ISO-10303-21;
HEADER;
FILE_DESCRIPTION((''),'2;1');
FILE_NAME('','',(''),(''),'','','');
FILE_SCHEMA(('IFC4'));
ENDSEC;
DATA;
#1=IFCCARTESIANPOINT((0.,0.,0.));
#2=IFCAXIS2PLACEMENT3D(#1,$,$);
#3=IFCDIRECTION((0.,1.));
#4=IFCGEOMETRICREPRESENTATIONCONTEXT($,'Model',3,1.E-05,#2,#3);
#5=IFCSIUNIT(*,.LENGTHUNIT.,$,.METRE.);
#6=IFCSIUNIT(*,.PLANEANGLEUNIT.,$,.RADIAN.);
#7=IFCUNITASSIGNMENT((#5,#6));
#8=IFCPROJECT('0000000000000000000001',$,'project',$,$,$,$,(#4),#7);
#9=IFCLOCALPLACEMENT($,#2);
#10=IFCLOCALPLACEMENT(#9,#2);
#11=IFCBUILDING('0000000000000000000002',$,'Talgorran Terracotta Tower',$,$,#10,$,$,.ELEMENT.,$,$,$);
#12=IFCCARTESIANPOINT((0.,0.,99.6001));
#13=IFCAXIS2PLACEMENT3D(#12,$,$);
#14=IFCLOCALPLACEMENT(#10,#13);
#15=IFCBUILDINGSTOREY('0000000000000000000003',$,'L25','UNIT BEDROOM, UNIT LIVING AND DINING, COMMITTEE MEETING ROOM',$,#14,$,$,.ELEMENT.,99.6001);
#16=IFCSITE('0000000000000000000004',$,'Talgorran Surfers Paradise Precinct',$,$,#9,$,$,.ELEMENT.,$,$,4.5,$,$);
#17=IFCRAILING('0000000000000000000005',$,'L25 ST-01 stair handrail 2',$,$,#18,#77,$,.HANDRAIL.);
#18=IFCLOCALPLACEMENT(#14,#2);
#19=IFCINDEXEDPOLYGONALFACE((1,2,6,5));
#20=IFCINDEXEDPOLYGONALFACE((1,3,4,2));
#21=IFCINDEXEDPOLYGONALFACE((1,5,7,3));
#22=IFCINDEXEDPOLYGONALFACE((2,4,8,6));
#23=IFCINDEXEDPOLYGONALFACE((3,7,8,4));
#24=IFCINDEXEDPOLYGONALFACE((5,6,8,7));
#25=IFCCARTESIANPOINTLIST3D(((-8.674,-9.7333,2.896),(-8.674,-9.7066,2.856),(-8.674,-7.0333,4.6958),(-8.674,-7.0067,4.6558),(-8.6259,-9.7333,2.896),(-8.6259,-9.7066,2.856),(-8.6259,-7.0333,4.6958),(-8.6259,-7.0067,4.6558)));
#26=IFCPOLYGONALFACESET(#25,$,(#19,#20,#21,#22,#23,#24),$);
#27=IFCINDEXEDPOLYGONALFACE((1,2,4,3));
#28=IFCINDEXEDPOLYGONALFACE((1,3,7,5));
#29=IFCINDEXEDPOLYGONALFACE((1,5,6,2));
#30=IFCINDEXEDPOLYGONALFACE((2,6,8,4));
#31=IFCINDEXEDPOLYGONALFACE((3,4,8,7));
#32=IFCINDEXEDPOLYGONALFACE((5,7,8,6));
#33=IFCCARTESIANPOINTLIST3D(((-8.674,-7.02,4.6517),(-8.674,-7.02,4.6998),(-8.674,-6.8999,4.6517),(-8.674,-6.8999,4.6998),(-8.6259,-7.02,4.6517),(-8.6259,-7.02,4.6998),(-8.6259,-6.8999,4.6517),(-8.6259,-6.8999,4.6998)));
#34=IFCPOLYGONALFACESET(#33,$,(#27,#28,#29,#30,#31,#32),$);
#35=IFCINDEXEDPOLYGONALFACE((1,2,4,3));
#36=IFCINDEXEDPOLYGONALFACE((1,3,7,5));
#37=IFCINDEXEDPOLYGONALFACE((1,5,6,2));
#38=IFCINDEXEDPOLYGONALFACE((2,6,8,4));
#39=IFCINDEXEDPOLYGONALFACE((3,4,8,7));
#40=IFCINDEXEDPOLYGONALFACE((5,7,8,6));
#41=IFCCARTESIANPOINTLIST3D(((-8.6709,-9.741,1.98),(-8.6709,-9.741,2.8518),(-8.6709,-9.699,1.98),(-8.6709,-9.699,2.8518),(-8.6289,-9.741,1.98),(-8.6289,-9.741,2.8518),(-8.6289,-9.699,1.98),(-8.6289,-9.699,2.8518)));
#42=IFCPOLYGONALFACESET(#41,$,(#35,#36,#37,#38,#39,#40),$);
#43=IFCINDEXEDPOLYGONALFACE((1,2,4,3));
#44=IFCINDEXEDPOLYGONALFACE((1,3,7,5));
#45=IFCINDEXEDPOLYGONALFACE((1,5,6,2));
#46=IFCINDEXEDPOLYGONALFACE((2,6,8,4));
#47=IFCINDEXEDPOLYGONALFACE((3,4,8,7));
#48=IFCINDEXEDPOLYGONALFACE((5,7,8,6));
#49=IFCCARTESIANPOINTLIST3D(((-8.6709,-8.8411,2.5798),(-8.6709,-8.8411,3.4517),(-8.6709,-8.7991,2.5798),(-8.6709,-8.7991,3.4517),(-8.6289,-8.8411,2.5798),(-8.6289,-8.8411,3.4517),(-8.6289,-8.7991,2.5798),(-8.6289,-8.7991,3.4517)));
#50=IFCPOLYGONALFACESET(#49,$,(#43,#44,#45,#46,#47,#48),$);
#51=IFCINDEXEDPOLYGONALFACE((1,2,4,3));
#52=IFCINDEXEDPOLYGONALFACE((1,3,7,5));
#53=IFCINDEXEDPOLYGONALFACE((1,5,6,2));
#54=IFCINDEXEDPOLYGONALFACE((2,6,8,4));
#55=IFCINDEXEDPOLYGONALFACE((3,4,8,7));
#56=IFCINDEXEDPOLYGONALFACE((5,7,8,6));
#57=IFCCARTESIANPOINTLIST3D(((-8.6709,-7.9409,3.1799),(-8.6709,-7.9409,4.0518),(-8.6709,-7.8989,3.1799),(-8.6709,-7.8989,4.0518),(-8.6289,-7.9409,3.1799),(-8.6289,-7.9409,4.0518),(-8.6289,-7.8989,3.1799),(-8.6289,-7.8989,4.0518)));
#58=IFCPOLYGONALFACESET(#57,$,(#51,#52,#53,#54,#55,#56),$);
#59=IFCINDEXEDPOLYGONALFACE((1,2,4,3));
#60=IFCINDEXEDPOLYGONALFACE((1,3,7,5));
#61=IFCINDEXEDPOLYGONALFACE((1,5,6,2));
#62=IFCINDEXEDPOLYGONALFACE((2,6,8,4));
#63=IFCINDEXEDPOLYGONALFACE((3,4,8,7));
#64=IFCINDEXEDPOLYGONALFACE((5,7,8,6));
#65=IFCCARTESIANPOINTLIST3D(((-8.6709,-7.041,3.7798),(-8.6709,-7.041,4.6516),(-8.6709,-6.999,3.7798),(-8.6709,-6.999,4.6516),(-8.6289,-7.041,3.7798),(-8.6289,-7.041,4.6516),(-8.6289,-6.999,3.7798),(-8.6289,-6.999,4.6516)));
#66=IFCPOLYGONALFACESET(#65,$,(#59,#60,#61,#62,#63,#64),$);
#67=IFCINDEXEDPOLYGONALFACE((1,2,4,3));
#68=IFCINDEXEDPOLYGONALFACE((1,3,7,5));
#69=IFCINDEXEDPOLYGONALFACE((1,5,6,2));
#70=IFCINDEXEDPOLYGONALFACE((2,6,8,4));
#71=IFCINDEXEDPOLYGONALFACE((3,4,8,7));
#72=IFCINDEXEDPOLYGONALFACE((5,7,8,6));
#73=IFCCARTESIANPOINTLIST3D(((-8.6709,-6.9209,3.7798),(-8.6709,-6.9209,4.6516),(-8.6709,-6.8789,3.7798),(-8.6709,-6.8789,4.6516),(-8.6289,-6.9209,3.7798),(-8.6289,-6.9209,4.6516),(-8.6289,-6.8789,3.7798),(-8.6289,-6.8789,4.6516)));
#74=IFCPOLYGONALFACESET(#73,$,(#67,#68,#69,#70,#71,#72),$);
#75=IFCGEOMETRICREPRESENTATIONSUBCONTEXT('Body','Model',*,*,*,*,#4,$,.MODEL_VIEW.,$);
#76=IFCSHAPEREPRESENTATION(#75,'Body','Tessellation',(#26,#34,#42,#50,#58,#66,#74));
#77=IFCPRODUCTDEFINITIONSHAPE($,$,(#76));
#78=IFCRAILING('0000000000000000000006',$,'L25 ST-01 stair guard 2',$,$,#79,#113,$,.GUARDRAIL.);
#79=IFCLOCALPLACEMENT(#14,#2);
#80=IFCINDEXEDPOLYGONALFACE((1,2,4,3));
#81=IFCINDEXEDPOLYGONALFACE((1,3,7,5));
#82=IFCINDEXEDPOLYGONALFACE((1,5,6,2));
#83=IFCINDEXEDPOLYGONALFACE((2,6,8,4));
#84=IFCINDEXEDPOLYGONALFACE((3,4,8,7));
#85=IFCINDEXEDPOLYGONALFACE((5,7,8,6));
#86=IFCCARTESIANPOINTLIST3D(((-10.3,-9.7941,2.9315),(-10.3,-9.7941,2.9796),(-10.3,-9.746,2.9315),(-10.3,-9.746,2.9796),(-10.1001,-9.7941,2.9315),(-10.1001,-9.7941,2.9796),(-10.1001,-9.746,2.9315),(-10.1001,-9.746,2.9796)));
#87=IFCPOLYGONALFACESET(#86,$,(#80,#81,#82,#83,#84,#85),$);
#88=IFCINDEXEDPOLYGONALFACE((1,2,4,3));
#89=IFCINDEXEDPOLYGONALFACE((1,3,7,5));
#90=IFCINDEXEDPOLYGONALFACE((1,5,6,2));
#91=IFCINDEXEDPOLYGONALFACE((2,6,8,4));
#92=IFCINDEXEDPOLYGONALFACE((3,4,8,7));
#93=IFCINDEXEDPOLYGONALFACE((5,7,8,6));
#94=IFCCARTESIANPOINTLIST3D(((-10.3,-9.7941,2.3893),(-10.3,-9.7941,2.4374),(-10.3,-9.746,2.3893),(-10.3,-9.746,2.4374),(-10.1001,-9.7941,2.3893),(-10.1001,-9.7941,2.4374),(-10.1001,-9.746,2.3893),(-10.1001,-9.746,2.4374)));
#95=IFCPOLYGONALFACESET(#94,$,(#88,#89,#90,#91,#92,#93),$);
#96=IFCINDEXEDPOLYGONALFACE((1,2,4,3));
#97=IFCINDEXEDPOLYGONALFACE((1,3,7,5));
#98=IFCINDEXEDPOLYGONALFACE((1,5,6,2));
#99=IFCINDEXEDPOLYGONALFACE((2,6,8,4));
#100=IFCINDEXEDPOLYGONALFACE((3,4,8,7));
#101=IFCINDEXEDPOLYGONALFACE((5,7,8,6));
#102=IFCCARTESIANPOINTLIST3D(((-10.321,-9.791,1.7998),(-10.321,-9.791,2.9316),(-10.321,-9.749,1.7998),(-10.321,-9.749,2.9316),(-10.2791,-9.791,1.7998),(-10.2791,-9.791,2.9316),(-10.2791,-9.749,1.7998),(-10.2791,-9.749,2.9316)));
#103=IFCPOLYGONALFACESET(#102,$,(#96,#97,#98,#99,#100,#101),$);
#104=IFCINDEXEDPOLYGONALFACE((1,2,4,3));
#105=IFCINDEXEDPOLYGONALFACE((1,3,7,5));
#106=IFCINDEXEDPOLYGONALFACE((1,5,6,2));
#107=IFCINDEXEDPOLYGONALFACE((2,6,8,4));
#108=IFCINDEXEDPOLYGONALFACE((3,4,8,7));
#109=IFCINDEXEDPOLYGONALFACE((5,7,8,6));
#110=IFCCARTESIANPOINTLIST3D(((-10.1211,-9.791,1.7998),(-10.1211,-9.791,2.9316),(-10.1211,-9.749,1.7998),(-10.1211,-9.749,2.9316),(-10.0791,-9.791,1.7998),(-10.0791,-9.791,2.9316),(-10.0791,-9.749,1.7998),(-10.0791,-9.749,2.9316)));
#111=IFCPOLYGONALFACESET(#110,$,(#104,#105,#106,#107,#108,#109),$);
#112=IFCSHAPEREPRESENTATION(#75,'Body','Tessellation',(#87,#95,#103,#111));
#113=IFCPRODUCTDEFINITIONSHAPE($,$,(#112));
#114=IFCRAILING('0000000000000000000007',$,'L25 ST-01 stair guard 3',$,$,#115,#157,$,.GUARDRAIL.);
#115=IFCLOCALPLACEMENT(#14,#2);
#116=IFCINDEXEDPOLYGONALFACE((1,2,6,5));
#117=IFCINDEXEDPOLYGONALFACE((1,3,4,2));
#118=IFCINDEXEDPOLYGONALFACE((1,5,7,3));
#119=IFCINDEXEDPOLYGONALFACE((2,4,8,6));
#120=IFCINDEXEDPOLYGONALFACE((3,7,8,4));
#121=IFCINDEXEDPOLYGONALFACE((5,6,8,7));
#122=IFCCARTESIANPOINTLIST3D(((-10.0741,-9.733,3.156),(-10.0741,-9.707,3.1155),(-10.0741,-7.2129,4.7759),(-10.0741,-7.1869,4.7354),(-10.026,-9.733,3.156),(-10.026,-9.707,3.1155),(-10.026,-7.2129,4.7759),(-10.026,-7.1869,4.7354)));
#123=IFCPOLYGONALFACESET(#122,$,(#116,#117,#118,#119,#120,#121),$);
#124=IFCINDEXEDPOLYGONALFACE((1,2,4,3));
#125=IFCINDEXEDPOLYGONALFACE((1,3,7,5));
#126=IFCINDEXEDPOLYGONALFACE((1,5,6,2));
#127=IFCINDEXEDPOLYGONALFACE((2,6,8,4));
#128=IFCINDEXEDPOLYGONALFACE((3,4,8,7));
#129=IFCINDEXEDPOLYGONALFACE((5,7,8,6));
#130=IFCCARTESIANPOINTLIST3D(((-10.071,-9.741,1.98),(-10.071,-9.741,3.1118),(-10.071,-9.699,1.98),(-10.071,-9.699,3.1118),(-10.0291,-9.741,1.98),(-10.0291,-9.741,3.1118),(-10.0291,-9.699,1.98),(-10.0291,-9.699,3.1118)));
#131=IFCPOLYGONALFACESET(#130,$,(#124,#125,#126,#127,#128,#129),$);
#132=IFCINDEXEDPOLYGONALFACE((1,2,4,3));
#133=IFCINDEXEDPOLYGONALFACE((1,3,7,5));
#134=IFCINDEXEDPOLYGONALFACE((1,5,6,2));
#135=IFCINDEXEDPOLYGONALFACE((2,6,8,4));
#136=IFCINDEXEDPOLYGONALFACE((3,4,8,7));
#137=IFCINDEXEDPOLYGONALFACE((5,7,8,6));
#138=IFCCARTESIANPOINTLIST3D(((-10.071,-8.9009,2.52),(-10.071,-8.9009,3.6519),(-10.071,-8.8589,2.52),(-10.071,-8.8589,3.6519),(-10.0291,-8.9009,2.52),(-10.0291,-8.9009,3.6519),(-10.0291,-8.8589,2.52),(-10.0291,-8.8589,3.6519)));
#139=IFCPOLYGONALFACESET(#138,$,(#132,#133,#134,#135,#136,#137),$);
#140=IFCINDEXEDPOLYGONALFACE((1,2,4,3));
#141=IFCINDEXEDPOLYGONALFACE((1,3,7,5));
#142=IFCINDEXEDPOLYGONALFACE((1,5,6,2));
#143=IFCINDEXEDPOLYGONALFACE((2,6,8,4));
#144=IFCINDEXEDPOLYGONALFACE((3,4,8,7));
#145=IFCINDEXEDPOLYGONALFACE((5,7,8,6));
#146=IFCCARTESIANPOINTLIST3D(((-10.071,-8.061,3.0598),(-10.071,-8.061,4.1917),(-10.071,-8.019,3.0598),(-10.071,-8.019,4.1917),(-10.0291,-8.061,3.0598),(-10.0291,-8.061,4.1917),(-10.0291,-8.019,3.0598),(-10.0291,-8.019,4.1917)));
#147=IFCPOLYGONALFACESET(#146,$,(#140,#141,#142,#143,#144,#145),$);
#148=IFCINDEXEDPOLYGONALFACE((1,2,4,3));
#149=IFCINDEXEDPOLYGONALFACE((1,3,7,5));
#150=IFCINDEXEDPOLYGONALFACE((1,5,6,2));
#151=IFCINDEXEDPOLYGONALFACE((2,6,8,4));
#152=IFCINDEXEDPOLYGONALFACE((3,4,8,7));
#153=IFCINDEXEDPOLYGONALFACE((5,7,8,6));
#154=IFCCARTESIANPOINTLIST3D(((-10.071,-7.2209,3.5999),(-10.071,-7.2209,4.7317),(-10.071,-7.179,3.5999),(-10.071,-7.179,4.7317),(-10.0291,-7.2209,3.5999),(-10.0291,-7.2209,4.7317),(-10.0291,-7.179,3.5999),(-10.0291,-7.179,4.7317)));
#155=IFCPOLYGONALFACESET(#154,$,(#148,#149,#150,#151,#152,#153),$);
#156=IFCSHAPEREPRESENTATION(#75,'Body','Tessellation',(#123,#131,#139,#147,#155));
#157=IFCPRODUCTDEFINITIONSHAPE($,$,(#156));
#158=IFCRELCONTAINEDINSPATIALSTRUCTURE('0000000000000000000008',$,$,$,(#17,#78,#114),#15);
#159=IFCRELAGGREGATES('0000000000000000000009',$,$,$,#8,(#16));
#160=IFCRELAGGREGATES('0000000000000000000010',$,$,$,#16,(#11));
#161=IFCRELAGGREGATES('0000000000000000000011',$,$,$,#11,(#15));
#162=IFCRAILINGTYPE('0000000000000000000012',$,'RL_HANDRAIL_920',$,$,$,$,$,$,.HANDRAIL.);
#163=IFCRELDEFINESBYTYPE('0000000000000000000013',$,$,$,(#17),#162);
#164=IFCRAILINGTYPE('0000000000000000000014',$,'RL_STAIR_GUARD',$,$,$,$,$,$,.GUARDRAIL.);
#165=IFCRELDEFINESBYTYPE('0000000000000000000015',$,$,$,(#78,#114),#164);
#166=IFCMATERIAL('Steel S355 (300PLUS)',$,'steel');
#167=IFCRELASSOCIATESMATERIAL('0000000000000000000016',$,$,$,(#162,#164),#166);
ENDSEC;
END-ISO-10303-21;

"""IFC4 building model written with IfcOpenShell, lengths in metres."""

from ifc_helpers import new_model, si_unit, direction, frame, origin, origin_2d, place, context, subcontext, project, spatial, rectangle, extrude, material, type_object, element, save


model = new_model("IFC4")

# Units and contexts
model_context = context("Model", 3, precision=1e-05, world=origin(), true_north=direction((0.0, 1.0)))
body_context = subcontext(model_context, "Body", "Model", "MODEL_VIEW")
ifc_project = project(units=[si_unit("LENGTHUNIT", "METRE"), si_unit("PLANEANGLEUNIT", "RADIAN")], contexts=[model_context])

# Site, building, storey
site_placement = place(None, origin())
site = spatial("IfcSite", under=ifc_project, at=site_placement, Name="Talgorran Surfers Paradise Precinct", CompositionType="ELEMENT", RefElevation=4.5)
building_placement = place(site_placement, origin())
building = spatial("IfcBuilding", under=site, at=building_placement, Name="Talgorran Terracotta Tower", CompositionType="ELEMENT")
storey_placement = place(building_placement, frame((0.0, 0.0, 99.6001)))
storey = spatial("IfcBuildingStorey", under=building, at=storey_placement, Name="L25", Description="UNIT BEDROOM, UNIT LIVING AND DINING, COMMITTEE MEETING ROOM", CompositionType="ELEMENT", Elevation=99.6001)

# Shared definitions
ifc_material_1 = material(Name="Steel S355 (300PLUS)", Category="steel")

# Railings
railing_type_1 = type_object("IfcRailingType", Name="RL_HANDRAIL_920", PredefinedType="HANDRAIL", material=ifc_material_1)
railing_1_placement = place(storey_placement, frame((-8.6499, -9.72, 1.98)))
element("IfcRailing", 1, at=railing_1_placement, inside=storey, type_object=railing_type_1, Name="L25 ST-01 stair handrail 2", PredefinedType="HANDRAIL", context=body_context, shape_type="SweptSolid", body=[
    extrude(rectangle(XDim=0.0481, YDim=0.0481, at=origin_2d()), frame((0.0, 0.0, 0.896), z_axis=(0.0, 0.832073, 0.554665), x_axis=(-1.0, 0.0, 0.0)), (0.0, 0.0, 1.0), 3.2449),
    extrude(rectangle(XDim=0.0481, YDim=0.0481, at=origin_2d()), frame((0.0, 2.7, 2.6958), z_axis=(0.0, 1.0, 0.0), x_axis=(-1.0, 0.0, 0.0)), (0.0, 0.0, 1.0), 0.1201),
    extrude(rectangle(XDim=0.042, YDim=0.042, at=origin_2d()), origin(), (0.0, 0.0, 1.0), 0.8718),
    extrude(rectangle(XDim=0.042, YDim=0.042, at=origin_2d()), frame((0.0, 0.8999, 0.5999)), (0.0, 0.0, 1.0), 0.8718),
    extrude(rectangle(XDim=0.042, YDim=0.042, at=origin_2d()), frame((0.0, 1.8, 1.2)), (0.0, 0.0, 1.0), 0.8718),
    extrude(rectangle(XDim=0.042, YDim=0.042, at=origin_2d()), frame((0.0, 2.7, 1.7998)), (0.0, 0.0, 1.0), 0.8718),
    extrude(rectangle(XDim=0.042, YDim=0.042, at=origin_2d()), frame((0.0, 2.8201, 1.7998)), (0.0, 0.0, 1.0), 0.8718),
])
railing_type_2 = type_object("IfcRailingType", Name="RL_STAIR_GUARD", PredefinedType="GUARDRAIL", material=ifc_material_1)
railing_2_placement = place(storey_placement, frame((-10.3, -9.77, 1.7998)))
element("IfcRailing", 2, at=railing_2_placement, inside=storey, type_object=railing_type_2, Name="L25 ST-01 stair guard 2", PredefinedType="GUARDRAIL", context=body_context, shape_type="SweptSolid", body=[
    extrude(rectangle(XDim=0.0481, YDim=0.0481, at=origin_2d()), frame((0.0, 0.0, 1.1558), z_axis=(1.0, 0.0, 0.0), x_axis=(0.0, 1.0, 0.0)), (0.0, 0.0, 1.0), 0.2),
    extrude(rectangle(XDim=0.0481, YDim=0.0481, at=origin_2d()), frame((0.0, 0.0, 0.6135), z_axis=(1.0, 0.0, 0.0), x_axis=(0.0, 1.0, 0.0)), (0.0, 0.0, 1.0), 0.2),
    extrude(rectangle(XDim=0.042, YDim=0.042, at=origin_2d()), origin(), (0.0, 0.0, 1.0), 1.1318),
    extrude(rectangle(XDim=0.042, YDim=0.042, at=origin_2d()), frame((0.2, 0.0, 0.0)), (0.0, 0.0, 1.0), 1.1318),
])
railing_3_placement = place(storey_placement, frame((-10.05, -9.72, 1.98)))
element("IfcRailing", 3, at=railing_3_placement, inside=storey, type_object=railing_type_2, Name="L25 ST-01 stair guard 3", PredefinedType="GUARDRAIL", context=body_context, shape_type="SweptSolid", body=[
    extrude(rectangle(XDim=0.0481, YDim=0.0481, at=origin_2d()), frame((0.0, 0.0, 1.1558), z_axis=(0.0, 0.8412, 0.540725), x_axis=(-1.0, 0.0, 0.0)), (0.0, 0.0, 1.0), 2.9958),
    extrude(rectangle(XDim=0.042, YDim=0.042, at=origin_2d()), origin(), (0.0, 0.0, 1.0), 1.1318),
    extrude(rectangle(XDim=0.042, YDim=0.042, at=origin_2d()), frame((0.0, 0.8401, 0.54)), (0.0, 0.0, 1.0), 1.1318),
    extrude(rectangle(XDim=0.042, YDim=0.042, at=origin_2d()), frame((0.0, 1.6799, 1.0798)), (0.0, 0.0, 1.0), 1.1318),
    extrude(rectangle(XDim=0.042, YDim=0.042, at=origin_2d()), frame((0.0, 2.52, 1.6199)), (0.0, 0.0, 1.0), 1.1318),
])

save(model, "model.ifc")
